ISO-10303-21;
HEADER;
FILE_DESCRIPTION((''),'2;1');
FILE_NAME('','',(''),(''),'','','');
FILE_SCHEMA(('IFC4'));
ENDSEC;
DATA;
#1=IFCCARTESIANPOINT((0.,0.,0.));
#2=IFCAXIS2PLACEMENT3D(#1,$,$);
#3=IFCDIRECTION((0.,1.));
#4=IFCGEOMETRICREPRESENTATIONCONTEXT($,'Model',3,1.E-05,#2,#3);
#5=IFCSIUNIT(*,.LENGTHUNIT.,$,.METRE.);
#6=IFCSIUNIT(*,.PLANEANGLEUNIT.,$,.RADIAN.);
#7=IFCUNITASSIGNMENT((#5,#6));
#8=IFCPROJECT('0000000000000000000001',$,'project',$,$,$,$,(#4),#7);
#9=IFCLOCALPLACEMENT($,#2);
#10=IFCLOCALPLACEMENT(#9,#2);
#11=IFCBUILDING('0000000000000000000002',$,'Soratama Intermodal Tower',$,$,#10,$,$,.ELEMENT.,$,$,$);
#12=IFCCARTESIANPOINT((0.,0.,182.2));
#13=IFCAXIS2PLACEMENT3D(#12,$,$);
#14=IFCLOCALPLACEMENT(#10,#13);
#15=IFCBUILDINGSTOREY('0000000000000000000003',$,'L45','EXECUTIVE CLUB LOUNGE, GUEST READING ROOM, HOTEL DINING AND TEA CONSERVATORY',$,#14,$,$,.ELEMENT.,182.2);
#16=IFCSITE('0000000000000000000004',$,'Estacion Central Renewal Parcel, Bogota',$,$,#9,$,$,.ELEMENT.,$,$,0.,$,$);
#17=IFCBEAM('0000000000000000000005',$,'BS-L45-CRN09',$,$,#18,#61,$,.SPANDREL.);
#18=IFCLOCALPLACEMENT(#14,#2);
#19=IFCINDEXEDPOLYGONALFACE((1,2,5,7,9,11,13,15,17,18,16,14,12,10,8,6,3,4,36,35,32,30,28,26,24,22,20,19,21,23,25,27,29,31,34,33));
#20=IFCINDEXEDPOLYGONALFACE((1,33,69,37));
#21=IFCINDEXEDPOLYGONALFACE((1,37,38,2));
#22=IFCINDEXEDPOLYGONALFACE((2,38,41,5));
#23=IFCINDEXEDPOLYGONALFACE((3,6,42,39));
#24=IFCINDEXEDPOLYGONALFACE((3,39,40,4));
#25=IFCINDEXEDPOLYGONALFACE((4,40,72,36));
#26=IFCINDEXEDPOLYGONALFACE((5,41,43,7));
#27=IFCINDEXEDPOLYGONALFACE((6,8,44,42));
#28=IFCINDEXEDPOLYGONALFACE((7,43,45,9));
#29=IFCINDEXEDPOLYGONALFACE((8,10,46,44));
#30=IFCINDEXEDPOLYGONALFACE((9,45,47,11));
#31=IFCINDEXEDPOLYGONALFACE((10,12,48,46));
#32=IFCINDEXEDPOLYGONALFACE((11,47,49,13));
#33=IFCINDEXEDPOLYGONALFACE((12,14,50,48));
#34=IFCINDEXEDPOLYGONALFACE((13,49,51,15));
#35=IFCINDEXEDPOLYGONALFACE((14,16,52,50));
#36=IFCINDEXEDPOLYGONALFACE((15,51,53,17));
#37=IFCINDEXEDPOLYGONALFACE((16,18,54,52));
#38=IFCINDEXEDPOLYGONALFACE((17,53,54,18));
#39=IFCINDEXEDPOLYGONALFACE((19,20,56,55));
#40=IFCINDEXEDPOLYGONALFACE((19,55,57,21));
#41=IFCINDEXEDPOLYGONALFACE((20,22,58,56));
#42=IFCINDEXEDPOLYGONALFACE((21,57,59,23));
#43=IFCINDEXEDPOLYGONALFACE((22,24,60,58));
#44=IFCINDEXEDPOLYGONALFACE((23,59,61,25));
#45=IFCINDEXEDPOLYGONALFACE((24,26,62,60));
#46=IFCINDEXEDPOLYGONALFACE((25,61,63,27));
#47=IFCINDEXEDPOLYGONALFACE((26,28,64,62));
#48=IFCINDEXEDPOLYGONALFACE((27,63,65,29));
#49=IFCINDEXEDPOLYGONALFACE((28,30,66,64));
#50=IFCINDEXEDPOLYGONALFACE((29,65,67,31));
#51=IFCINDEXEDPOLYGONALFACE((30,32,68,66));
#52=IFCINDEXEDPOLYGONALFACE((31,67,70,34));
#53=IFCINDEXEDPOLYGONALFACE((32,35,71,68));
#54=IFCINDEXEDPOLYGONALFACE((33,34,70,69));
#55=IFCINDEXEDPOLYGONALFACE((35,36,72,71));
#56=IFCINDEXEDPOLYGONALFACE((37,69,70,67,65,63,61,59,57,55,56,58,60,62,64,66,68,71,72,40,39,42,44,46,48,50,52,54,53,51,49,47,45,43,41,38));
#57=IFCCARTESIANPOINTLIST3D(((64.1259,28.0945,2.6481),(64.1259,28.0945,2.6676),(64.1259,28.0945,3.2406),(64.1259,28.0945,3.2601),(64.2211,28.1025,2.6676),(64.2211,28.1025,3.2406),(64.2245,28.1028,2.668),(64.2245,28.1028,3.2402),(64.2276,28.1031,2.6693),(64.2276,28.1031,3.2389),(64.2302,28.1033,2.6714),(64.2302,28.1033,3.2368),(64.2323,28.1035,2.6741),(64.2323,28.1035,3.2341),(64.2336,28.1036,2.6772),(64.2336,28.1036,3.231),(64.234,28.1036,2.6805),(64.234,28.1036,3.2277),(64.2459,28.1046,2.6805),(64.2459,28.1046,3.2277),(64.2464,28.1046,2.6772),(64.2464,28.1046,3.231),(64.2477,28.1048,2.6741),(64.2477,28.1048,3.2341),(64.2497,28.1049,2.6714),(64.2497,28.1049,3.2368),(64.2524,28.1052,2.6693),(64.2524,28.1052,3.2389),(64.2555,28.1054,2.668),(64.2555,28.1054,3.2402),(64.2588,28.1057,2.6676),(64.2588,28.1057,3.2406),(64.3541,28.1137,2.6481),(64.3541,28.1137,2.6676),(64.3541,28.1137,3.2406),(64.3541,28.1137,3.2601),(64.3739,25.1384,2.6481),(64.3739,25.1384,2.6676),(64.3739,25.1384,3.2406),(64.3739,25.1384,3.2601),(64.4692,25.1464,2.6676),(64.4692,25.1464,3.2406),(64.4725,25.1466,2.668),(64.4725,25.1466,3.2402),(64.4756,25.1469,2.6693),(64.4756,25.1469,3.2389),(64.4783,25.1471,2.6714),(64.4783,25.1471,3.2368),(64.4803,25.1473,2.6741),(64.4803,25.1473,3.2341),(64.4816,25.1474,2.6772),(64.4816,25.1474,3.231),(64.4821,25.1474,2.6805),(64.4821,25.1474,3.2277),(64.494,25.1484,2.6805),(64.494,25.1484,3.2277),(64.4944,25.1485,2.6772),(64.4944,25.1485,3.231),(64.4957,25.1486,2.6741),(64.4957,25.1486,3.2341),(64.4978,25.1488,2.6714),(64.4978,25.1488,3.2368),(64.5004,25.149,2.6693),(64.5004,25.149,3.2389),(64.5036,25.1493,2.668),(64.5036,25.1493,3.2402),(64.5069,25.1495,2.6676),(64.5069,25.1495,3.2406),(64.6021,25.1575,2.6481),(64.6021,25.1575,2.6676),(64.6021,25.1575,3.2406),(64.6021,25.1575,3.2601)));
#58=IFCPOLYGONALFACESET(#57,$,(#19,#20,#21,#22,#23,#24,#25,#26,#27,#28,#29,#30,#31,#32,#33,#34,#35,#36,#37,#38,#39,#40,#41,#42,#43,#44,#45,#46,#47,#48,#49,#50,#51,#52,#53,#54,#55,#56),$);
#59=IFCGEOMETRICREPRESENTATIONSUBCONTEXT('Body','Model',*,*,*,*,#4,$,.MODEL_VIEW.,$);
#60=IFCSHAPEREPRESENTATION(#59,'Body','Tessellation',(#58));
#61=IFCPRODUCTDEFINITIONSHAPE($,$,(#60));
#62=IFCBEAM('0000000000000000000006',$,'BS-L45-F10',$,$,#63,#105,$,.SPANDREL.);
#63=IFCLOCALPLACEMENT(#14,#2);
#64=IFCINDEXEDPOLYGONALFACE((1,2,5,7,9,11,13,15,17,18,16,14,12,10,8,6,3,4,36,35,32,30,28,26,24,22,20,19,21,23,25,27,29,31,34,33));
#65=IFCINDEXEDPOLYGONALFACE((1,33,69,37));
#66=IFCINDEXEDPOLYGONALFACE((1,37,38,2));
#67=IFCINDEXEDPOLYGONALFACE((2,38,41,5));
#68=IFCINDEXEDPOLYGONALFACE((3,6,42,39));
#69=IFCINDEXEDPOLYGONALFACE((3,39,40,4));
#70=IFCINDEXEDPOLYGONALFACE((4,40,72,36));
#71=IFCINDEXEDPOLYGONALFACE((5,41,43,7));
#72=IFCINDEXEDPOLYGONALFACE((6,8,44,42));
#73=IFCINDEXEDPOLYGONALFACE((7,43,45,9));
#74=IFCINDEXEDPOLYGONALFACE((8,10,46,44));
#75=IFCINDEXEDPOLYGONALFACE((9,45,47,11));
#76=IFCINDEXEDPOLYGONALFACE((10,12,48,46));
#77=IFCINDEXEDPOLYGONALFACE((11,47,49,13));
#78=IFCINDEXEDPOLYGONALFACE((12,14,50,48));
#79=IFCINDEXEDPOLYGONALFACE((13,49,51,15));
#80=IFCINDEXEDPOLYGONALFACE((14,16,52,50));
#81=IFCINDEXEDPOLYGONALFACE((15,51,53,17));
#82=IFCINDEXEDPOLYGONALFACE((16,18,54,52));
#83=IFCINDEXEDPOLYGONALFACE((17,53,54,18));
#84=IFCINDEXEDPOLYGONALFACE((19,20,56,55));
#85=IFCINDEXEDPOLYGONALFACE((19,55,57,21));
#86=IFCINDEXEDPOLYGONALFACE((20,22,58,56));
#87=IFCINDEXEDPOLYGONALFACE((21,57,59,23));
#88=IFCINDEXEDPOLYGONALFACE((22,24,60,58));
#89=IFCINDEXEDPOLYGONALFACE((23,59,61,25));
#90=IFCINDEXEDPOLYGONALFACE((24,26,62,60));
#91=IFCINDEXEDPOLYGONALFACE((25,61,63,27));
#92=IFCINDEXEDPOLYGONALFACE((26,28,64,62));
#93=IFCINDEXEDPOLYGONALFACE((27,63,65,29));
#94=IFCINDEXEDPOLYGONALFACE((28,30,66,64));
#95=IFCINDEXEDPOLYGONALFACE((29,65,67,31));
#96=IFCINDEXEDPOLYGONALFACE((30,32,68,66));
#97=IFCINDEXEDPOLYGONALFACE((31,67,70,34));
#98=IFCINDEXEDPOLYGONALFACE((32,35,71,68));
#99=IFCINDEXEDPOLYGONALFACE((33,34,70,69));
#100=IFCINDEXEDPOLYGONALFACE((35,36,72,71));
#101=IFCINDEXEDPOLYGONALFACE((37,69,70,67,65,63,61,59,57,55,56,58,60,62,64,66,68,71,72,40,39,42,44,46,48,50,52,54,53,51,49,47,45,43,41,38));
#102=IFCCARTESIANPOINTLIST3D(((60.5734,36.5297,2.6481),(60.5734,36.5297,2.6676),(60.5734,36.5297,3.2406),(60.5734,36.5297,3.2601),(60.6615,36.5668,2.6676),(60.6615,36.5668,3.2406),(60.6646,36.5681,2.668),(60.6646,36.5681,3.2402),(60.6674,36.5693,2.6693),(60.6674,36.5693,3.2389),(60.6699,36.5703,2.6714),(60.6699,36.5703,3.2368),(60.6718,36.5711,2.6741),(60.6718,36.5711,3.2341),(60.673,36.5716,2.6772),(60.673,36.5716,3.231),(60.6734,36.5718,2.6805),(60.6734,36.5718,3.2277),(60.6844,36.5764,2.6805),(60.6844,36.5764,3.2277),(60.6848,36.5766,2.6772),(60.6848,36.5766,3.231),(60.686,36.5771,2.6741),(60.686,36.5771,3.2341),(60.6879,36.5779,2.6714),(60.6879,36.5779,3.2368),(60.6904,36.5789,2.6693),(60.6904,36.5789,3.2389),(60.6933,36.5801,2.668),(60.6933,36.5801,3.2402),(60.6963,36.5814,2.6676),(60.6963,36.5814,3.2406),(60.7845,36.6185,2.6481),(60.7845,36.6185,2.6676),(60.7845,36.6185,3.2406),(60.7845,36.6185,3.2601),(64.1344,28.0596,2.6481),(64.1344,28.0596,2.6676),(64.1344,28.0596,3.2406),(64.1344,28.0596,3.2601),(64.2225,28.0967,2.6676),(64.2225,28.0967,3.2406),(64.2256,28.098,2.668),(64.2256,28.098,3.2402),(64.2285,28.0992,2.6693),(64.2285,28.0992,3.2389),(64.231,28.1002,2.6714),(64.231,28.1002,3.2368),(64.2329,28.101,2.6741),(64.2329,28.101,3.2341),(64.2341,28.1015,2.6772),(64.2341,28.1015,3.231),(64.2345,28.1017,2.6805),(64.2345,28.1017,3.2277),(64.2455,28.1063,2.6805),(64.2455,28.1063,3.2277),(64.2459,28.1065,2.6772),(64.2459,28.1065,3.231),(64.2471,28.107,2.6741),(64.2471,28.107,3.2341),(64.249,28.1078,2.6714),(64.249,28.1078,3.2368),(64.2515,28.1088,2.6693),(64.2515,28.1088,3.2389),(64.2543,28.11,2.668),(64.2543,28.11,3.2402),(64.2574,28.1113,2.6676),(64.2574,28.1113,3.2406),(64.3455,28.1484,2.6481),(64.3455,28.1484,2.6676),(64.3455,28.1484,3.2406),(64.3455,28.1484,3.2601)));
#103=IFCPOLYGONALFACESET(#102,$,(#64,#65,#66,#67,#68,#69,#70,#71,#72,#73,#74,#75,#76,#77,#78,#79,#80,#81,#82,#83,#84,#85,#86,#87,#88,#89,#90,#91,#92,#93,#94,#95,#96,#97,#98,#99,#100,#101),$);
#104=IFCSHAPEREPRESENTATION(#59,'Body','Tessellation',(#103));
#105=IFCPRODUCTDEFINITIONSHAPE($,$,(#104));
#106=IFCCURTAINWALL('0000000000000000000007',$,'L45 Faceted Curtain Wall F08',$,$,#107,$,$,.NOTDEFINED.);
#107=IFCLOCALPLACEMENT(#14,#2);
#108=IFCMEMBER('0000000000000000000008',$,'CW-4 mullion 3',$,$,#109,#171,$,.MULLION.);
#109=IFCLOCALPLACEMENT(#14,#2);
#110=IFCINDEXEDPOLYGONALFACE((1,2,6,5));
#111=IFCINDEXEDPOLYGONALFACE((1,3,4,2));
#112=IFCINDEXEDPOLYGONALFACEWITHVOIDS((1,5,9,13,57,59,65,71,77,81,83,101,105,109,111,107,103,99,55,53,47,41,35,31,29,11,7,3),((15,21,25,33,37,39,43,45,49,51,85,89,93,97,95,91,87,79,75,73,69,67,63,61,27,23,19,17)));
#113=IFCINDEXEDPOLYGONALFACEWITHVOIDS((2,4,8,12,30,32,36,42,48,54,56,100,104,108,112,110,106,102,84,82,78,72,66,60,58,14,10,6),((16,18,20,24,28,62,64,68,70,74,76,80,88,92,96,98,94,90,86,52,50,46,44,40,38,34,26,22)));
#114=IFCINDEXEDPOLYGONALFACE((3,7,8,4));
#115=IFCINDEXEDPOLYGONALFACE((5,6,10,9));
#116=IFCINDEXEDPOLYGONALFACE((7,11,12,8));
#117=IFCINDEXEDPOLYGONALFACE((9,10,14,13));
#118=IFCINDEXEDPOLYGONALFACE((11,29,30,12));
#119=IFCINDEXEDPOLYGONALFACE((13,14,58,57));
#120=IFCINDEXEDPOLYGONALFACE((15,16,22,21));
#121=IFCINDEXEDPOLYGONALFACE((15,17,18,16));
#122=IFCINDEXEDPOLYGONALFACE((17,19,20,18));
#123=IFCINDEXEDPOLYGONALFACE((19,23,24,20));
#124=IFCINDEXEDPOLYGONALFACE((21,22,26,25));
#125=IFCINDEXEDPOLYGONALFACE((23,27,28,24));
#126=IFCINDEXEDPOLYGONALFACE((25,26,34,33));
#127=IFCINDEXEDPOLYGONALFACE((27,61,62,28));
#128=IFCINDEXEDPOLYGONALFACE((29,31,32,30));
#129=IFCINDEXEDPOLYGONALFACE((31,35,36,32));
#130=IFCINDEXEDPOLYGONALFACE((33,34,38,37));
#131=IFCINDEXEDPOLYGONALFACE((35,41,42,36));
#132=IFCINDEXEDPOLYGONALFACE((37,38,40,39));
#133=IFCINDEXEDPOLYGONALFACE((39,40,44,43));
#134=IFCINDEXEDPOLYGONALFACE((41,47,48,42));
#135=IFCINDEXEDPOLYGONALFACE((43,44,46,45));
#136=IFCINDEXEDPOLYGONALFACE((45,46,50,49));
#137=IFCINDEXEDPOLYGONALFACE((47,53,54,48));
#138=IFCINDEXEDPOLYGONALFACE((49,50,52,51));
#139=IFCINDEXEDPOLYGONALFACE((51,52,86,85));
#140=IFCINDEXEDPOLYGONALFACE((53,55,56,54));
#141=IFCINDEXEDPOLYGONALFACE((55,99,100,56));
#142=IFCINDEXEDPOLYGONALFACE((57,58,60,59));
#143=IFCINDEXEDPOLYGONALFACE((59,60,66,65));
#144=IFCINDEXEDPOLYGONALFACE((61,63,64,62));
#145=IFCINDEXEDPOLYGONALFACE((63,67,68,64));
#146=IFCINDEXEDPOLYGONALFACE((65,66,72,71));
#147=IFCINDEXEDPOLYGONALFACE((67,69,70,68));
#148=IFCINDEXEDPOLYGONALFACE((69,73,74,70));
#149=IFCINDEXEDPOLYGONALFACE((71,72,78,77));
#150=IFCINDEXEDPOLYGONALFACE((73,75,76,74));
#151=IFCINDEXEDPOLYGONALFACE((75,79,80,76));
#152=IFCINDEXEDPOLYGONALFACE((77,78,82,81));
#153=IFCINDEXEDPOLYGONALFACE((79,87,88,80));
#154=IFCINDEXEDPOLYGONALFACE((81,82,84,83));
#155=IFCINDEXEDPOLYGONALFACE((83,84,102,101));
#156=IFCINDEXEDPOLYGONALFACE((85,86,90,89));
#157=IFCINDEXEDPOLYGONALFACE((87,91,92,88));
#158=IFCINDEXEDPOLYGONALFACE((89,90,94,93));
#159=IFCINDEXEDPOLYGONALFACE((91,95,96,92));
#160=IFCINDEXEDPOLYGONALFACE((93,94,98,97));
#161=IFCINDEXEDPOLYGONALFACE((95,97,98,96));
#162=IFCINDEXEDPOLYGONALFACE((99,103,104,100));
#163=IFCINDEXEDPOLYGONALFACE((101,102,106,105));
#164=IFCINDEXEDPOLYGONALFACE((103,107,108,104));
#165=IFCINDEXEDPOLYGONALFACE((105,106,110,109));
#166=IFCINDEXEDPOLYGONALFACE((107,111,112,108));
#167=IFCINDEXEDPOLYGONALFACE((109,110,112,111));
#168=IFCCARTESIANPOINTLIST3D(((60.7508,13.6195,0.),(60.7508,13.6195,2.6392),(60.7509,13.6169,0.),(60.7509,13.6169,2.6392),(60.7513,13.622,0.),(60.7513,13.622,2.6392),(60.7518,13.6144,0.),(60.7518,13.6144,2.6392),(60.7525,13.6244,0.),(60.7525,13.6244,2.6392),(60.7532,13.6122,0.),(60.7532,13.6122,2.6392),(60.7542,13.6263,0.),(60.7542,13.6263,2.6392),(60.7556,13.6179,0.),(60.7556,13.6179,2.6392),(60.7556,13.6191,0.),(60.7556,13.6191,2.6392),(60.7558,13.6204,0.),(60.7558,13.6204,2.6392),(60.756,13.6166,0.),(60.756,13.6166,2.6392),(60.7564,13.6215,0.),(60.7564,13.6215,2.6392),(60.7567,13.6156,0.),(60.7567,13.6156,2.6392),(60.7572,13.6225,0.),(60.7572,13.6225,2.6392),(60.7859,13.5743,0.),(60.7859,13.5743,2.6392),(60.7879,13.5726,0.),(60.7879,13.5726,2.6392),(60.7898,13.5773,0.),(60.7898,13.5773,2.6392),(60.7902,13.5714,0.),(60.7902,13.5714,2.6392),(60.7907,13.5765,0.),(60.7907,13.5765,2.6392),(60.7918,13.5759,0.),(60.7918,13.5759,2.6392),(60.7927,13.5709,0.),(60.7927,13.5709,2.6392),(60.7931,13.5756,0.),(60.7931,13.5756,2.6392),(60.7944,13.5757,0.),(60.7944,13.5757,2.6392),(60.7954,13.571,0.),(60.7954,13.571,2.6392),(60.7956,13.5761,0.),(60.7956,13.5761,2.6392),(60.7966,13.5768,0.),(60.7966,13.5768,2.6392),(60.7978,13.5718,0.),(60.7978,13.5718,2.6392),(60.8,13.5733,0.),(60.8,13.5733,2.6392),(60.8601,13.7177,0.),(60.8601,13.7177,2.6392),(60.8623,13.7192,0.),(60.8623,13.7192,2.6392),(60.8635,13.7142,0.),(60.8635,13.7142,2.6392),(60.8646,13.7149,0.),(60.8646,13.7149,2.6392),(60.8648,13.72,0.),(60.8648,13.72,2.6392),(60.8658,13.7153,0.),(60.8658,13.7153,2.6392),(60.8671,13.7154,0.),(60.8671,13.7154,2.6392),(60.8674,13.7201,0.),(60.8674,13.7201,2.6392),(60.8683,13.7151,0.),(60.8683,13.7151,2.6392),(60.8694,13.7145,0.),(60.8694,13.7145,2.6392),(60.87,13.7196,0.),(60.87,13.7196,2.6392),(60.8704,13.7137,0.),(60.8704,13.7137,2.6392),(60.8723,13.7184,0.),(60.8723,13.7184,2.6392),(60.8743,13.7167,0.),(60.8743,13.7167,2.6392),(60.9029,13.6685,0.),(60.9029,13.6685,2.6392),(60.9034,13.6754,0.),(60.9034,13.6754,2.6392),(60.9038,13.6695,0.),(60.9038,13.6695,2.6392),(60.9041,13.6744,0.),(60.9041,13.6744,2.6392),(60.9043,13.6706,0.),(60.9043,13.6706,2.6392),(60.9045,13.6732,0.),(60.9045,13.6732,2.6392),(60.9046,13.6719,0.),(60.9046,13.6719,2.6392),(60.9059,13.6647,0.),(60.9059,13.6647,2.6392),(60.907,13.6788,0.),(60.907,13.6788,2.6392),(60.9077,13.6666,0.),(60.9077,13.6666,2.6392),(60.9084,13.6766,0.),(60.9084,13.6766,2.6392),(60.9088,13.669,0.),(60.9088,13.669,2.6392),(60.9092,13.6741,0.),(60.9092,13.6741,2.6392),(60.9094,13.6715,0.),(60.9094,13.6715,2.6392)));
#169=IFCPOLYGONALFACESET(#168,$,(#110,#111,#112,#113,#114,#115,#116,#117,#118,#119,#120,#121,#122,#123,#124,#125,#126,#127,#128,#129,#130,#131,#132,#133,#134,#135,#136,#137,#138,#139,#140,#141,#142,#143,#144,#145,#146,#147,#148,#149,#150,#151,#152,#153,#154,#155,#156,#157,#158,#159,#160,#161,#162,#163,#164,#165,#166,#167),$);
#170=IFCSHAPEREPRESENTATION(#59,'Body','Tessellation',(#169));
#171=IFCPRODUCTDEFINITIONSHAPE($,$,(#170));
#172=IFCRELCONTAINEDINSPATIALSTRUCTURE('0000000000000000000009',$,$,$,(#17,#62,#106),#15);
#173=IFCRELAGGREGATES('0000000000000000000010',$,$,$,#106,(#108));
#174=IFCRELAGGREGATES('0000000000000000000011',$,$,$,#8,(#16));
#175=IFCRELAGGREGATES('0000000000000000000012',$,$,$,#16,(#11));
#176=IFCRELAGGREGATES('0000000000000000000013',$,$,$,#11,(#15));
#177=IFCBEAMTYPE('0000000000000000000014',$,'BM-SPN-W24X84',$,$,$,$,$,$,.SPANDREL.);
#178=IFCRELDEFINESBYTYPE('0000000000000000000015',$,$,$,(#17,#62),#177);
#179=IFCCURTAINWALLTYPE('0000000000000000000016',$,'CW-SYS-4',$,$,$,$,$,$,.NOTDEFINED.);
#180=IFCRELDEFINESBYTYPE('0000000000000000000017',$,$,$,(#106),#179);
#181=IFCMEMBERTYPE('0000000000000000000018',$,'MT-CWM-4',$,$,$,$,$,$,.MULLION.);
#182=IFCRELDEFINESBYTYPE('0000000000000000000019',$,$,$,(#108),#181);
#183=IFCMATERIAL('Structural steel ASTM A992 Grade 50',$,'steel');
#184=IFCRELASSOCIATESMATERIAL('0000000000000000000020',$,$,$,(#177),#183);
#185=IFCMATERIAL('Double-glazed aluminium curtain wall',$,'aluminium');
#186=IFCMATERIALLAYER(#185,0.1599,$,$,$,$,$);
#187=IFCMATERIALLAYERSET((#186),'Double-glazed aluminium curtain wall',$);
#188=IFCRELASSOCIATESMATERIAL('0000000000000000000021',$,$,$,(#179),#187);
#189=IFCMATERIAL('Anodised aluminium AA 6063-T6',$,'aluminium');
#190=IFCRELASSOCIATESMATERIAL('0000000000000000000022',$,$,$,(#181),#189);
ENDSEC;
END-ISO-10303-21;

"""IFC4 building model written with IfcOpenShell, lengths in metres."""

from ifc_helpers import new_model, si_unit, direction, frame, origin, origin_2d, place, context, subcontext, project, spatial, hollow_rectangle, i_section, extrude, material, layer, layer_set, material_profile, profile_set, type_object, element, aggregate, save


model = new_model("IFC4")

# Units and contexts
model_context = context("Model", 3, precision=1e-05, world=origin(), true_north=direction((0.0, 1.0)))
body_context = subcontext(model_context, "Body", "Model", "MODEL_VIEW")
ifc_project = project(units=[si_unit("LENGTHUNIT", "METRE"), si_unit("PLANEANGLEUNIT", "RADIAN")], contexts=[model_context])

# Site, building, storey
site_placement = place(None, origin())
site = spatial("IfcSite", under=ifc_project, at=site_placement, Name="Estacion Central Renewal Parcel, Bogota", CompositionType="ELEMENT", RefElevation=0.0)
building_placement = place(site_placement, origin())
building = spatial("IfcBuilding", under=site, at=building_placement, Name="Soratama Intermodal Tower", CompositionType="ELEMENT")
storey_placement = place(building_placement, frame((0.0, 0.0, 182.2)))
storey = spatial("IfcBuildingStorey", under=building, at=storey_placement, Name="L45", Description="EXECUTIVE CLUB LOUNGE, GUEST READING ROOM, HOTEL DINING AND TEA CONSERVATORY", CompositionType="ELEMENT", Elevation=182.2)

# Beams
ifc_material_1 = material(Name="Structural steel ASTM A992 Grade 50", Category="steel")
ifc_material_profile_1 = material_profile(ifc_material_1, i_section(OverallWidth=0.229, OverallDepth=0.6121, WebThickness=0.012, FlangeThickness=0.0195, FilletRadius=0.0129, at=origin_2d()), Name="W24X84")
ifc_profile_set_1 = profile_set([ifc_material_profile_1], Name="Structural steel ASTM A992 Grade 50")
beam_type_1 = type_object("IfcBeamType", Name="BM-SPN-W24X84", PredefinedType="SPANDREL", material=ifc_profile_set_1)
beam_1_placement = place(storey_placement, frame((64.488, 25.1479, 2.9541), z_axis=(-0.083618, 0.996498, 0.0), x_axis=(-0.996498, -0.083618, 0.0)))
element("IfcBeam", 1, at=beam_1_placement, inside=storey, type_object=beam_type_1, Name="BS-L45-CRN09", PredefinedType="SPANDREL", context=body_context, shape_type="SweptSolid", body=[
    extrude(i_section(OverallWidth=0.229, OverallDepth=0.6121, WebThickness=0.012, FlangeThickness=0.0195, FilletRadius=0.0129, at=origin_2d()), origin(), (0.0, 0.0, 1.0), 2.9666),
])
beam_2_placement = place(storey_placement, frame((64.24, 28.104, 2.9541), z_axis=(-0.38757, 0.92184, 0.0), x_axis=(-0.92184, -0.38757, 0.0)))
element("IfcBeam", 2, at=beam_2_placement, inside=storey, type_object=beam_type_1, Name="BS-L45-F10", PredefinedType="SPANDREL", context=body_context, shape_type="SweptSolid", body=[
    extrude(i_section(OverallWidth=0.229, OverallDepth=0.6121, WebThickness=0.012, FlangeThickness=0.0195, FilletRadius=0.0129, at=origin_2d()), origin(), (0.0, 0.0, 1.0), 9.1882),
])

# Curtain wall, member
ifc_material_2 = material(Name="Double-glazed aluminium curtain wall", Category="aluminium")
ifc_layer_1 = layer(ifc_material_2, 0.1599)
ifc_layer_set_1 = layer_set([ifc_layer_1], Name="Double-glazed aluminium curtain wall")
curtain_wall_type = type_object("IfcCurtainWallType", Name="CW-SYS-4", PredefinedType="NOTDEFINED", material=ifc_layer_set_1)
curtain_wall_1_placement = place(storey_placement, origin())
curtain_wall_1 = element("IfcCurtainWall", 3, at=curtain_wall_1_placement, inside=storey, type_object=curtain_wall_type, Name="L45 Faceted Curtain Wall F08", PredefinedType="NOTDEFINED")
ifc_material_3 = material(Name="Anodised aluminium AA 6063-T6", Category="aluminium")
ifc_material_profile_2 = material_profile(ifc_material_3, hollow_rectangle(XDim=0.0701, YDim=0.1599, WallThickness=0.0049, InnerFilletRadius=0.0049, OuterFilletRadius=0.01, at=origin_2d()), Name="CWM160X70X5")
ifc_profile_set_2 = profile_set([ifc_material_profile_2], Name="Anodised aluminium AA 6063-T6")
member_type_1 = type_object("IfcMemberType", Name="MT-CWM-4", PredefinedType="MULLION", material=ifc_profile_set_2)
member_1_placement = place(storey_placement, frame((60.8301, 13.6455, 0.0), z_axis=(0.0, 0.0, 1.0), x_axis=(-0.653423, 0.756993, 0.0)))
member_1 = element("IfcMember", 4, at=member_1_placement, type_object=member_type_1, Name="CW-4 mullion 3", PredefinedType="MULLION", context=body_context, shape_type="SweptSolid", body=[
    extrude(hollow_rectangle(XDim=0.0701, YDim=0.1599, WallThickness=0.0049, InnerFilletRadius=0.0049, OuterFilletRadius=0.01, at=origin_2d()), origin(), (0.0, 0.0, 1.0), 2.6392),
])

aggregate(curtain_wall_1, [member_1])

save(model, "model.ifc")
